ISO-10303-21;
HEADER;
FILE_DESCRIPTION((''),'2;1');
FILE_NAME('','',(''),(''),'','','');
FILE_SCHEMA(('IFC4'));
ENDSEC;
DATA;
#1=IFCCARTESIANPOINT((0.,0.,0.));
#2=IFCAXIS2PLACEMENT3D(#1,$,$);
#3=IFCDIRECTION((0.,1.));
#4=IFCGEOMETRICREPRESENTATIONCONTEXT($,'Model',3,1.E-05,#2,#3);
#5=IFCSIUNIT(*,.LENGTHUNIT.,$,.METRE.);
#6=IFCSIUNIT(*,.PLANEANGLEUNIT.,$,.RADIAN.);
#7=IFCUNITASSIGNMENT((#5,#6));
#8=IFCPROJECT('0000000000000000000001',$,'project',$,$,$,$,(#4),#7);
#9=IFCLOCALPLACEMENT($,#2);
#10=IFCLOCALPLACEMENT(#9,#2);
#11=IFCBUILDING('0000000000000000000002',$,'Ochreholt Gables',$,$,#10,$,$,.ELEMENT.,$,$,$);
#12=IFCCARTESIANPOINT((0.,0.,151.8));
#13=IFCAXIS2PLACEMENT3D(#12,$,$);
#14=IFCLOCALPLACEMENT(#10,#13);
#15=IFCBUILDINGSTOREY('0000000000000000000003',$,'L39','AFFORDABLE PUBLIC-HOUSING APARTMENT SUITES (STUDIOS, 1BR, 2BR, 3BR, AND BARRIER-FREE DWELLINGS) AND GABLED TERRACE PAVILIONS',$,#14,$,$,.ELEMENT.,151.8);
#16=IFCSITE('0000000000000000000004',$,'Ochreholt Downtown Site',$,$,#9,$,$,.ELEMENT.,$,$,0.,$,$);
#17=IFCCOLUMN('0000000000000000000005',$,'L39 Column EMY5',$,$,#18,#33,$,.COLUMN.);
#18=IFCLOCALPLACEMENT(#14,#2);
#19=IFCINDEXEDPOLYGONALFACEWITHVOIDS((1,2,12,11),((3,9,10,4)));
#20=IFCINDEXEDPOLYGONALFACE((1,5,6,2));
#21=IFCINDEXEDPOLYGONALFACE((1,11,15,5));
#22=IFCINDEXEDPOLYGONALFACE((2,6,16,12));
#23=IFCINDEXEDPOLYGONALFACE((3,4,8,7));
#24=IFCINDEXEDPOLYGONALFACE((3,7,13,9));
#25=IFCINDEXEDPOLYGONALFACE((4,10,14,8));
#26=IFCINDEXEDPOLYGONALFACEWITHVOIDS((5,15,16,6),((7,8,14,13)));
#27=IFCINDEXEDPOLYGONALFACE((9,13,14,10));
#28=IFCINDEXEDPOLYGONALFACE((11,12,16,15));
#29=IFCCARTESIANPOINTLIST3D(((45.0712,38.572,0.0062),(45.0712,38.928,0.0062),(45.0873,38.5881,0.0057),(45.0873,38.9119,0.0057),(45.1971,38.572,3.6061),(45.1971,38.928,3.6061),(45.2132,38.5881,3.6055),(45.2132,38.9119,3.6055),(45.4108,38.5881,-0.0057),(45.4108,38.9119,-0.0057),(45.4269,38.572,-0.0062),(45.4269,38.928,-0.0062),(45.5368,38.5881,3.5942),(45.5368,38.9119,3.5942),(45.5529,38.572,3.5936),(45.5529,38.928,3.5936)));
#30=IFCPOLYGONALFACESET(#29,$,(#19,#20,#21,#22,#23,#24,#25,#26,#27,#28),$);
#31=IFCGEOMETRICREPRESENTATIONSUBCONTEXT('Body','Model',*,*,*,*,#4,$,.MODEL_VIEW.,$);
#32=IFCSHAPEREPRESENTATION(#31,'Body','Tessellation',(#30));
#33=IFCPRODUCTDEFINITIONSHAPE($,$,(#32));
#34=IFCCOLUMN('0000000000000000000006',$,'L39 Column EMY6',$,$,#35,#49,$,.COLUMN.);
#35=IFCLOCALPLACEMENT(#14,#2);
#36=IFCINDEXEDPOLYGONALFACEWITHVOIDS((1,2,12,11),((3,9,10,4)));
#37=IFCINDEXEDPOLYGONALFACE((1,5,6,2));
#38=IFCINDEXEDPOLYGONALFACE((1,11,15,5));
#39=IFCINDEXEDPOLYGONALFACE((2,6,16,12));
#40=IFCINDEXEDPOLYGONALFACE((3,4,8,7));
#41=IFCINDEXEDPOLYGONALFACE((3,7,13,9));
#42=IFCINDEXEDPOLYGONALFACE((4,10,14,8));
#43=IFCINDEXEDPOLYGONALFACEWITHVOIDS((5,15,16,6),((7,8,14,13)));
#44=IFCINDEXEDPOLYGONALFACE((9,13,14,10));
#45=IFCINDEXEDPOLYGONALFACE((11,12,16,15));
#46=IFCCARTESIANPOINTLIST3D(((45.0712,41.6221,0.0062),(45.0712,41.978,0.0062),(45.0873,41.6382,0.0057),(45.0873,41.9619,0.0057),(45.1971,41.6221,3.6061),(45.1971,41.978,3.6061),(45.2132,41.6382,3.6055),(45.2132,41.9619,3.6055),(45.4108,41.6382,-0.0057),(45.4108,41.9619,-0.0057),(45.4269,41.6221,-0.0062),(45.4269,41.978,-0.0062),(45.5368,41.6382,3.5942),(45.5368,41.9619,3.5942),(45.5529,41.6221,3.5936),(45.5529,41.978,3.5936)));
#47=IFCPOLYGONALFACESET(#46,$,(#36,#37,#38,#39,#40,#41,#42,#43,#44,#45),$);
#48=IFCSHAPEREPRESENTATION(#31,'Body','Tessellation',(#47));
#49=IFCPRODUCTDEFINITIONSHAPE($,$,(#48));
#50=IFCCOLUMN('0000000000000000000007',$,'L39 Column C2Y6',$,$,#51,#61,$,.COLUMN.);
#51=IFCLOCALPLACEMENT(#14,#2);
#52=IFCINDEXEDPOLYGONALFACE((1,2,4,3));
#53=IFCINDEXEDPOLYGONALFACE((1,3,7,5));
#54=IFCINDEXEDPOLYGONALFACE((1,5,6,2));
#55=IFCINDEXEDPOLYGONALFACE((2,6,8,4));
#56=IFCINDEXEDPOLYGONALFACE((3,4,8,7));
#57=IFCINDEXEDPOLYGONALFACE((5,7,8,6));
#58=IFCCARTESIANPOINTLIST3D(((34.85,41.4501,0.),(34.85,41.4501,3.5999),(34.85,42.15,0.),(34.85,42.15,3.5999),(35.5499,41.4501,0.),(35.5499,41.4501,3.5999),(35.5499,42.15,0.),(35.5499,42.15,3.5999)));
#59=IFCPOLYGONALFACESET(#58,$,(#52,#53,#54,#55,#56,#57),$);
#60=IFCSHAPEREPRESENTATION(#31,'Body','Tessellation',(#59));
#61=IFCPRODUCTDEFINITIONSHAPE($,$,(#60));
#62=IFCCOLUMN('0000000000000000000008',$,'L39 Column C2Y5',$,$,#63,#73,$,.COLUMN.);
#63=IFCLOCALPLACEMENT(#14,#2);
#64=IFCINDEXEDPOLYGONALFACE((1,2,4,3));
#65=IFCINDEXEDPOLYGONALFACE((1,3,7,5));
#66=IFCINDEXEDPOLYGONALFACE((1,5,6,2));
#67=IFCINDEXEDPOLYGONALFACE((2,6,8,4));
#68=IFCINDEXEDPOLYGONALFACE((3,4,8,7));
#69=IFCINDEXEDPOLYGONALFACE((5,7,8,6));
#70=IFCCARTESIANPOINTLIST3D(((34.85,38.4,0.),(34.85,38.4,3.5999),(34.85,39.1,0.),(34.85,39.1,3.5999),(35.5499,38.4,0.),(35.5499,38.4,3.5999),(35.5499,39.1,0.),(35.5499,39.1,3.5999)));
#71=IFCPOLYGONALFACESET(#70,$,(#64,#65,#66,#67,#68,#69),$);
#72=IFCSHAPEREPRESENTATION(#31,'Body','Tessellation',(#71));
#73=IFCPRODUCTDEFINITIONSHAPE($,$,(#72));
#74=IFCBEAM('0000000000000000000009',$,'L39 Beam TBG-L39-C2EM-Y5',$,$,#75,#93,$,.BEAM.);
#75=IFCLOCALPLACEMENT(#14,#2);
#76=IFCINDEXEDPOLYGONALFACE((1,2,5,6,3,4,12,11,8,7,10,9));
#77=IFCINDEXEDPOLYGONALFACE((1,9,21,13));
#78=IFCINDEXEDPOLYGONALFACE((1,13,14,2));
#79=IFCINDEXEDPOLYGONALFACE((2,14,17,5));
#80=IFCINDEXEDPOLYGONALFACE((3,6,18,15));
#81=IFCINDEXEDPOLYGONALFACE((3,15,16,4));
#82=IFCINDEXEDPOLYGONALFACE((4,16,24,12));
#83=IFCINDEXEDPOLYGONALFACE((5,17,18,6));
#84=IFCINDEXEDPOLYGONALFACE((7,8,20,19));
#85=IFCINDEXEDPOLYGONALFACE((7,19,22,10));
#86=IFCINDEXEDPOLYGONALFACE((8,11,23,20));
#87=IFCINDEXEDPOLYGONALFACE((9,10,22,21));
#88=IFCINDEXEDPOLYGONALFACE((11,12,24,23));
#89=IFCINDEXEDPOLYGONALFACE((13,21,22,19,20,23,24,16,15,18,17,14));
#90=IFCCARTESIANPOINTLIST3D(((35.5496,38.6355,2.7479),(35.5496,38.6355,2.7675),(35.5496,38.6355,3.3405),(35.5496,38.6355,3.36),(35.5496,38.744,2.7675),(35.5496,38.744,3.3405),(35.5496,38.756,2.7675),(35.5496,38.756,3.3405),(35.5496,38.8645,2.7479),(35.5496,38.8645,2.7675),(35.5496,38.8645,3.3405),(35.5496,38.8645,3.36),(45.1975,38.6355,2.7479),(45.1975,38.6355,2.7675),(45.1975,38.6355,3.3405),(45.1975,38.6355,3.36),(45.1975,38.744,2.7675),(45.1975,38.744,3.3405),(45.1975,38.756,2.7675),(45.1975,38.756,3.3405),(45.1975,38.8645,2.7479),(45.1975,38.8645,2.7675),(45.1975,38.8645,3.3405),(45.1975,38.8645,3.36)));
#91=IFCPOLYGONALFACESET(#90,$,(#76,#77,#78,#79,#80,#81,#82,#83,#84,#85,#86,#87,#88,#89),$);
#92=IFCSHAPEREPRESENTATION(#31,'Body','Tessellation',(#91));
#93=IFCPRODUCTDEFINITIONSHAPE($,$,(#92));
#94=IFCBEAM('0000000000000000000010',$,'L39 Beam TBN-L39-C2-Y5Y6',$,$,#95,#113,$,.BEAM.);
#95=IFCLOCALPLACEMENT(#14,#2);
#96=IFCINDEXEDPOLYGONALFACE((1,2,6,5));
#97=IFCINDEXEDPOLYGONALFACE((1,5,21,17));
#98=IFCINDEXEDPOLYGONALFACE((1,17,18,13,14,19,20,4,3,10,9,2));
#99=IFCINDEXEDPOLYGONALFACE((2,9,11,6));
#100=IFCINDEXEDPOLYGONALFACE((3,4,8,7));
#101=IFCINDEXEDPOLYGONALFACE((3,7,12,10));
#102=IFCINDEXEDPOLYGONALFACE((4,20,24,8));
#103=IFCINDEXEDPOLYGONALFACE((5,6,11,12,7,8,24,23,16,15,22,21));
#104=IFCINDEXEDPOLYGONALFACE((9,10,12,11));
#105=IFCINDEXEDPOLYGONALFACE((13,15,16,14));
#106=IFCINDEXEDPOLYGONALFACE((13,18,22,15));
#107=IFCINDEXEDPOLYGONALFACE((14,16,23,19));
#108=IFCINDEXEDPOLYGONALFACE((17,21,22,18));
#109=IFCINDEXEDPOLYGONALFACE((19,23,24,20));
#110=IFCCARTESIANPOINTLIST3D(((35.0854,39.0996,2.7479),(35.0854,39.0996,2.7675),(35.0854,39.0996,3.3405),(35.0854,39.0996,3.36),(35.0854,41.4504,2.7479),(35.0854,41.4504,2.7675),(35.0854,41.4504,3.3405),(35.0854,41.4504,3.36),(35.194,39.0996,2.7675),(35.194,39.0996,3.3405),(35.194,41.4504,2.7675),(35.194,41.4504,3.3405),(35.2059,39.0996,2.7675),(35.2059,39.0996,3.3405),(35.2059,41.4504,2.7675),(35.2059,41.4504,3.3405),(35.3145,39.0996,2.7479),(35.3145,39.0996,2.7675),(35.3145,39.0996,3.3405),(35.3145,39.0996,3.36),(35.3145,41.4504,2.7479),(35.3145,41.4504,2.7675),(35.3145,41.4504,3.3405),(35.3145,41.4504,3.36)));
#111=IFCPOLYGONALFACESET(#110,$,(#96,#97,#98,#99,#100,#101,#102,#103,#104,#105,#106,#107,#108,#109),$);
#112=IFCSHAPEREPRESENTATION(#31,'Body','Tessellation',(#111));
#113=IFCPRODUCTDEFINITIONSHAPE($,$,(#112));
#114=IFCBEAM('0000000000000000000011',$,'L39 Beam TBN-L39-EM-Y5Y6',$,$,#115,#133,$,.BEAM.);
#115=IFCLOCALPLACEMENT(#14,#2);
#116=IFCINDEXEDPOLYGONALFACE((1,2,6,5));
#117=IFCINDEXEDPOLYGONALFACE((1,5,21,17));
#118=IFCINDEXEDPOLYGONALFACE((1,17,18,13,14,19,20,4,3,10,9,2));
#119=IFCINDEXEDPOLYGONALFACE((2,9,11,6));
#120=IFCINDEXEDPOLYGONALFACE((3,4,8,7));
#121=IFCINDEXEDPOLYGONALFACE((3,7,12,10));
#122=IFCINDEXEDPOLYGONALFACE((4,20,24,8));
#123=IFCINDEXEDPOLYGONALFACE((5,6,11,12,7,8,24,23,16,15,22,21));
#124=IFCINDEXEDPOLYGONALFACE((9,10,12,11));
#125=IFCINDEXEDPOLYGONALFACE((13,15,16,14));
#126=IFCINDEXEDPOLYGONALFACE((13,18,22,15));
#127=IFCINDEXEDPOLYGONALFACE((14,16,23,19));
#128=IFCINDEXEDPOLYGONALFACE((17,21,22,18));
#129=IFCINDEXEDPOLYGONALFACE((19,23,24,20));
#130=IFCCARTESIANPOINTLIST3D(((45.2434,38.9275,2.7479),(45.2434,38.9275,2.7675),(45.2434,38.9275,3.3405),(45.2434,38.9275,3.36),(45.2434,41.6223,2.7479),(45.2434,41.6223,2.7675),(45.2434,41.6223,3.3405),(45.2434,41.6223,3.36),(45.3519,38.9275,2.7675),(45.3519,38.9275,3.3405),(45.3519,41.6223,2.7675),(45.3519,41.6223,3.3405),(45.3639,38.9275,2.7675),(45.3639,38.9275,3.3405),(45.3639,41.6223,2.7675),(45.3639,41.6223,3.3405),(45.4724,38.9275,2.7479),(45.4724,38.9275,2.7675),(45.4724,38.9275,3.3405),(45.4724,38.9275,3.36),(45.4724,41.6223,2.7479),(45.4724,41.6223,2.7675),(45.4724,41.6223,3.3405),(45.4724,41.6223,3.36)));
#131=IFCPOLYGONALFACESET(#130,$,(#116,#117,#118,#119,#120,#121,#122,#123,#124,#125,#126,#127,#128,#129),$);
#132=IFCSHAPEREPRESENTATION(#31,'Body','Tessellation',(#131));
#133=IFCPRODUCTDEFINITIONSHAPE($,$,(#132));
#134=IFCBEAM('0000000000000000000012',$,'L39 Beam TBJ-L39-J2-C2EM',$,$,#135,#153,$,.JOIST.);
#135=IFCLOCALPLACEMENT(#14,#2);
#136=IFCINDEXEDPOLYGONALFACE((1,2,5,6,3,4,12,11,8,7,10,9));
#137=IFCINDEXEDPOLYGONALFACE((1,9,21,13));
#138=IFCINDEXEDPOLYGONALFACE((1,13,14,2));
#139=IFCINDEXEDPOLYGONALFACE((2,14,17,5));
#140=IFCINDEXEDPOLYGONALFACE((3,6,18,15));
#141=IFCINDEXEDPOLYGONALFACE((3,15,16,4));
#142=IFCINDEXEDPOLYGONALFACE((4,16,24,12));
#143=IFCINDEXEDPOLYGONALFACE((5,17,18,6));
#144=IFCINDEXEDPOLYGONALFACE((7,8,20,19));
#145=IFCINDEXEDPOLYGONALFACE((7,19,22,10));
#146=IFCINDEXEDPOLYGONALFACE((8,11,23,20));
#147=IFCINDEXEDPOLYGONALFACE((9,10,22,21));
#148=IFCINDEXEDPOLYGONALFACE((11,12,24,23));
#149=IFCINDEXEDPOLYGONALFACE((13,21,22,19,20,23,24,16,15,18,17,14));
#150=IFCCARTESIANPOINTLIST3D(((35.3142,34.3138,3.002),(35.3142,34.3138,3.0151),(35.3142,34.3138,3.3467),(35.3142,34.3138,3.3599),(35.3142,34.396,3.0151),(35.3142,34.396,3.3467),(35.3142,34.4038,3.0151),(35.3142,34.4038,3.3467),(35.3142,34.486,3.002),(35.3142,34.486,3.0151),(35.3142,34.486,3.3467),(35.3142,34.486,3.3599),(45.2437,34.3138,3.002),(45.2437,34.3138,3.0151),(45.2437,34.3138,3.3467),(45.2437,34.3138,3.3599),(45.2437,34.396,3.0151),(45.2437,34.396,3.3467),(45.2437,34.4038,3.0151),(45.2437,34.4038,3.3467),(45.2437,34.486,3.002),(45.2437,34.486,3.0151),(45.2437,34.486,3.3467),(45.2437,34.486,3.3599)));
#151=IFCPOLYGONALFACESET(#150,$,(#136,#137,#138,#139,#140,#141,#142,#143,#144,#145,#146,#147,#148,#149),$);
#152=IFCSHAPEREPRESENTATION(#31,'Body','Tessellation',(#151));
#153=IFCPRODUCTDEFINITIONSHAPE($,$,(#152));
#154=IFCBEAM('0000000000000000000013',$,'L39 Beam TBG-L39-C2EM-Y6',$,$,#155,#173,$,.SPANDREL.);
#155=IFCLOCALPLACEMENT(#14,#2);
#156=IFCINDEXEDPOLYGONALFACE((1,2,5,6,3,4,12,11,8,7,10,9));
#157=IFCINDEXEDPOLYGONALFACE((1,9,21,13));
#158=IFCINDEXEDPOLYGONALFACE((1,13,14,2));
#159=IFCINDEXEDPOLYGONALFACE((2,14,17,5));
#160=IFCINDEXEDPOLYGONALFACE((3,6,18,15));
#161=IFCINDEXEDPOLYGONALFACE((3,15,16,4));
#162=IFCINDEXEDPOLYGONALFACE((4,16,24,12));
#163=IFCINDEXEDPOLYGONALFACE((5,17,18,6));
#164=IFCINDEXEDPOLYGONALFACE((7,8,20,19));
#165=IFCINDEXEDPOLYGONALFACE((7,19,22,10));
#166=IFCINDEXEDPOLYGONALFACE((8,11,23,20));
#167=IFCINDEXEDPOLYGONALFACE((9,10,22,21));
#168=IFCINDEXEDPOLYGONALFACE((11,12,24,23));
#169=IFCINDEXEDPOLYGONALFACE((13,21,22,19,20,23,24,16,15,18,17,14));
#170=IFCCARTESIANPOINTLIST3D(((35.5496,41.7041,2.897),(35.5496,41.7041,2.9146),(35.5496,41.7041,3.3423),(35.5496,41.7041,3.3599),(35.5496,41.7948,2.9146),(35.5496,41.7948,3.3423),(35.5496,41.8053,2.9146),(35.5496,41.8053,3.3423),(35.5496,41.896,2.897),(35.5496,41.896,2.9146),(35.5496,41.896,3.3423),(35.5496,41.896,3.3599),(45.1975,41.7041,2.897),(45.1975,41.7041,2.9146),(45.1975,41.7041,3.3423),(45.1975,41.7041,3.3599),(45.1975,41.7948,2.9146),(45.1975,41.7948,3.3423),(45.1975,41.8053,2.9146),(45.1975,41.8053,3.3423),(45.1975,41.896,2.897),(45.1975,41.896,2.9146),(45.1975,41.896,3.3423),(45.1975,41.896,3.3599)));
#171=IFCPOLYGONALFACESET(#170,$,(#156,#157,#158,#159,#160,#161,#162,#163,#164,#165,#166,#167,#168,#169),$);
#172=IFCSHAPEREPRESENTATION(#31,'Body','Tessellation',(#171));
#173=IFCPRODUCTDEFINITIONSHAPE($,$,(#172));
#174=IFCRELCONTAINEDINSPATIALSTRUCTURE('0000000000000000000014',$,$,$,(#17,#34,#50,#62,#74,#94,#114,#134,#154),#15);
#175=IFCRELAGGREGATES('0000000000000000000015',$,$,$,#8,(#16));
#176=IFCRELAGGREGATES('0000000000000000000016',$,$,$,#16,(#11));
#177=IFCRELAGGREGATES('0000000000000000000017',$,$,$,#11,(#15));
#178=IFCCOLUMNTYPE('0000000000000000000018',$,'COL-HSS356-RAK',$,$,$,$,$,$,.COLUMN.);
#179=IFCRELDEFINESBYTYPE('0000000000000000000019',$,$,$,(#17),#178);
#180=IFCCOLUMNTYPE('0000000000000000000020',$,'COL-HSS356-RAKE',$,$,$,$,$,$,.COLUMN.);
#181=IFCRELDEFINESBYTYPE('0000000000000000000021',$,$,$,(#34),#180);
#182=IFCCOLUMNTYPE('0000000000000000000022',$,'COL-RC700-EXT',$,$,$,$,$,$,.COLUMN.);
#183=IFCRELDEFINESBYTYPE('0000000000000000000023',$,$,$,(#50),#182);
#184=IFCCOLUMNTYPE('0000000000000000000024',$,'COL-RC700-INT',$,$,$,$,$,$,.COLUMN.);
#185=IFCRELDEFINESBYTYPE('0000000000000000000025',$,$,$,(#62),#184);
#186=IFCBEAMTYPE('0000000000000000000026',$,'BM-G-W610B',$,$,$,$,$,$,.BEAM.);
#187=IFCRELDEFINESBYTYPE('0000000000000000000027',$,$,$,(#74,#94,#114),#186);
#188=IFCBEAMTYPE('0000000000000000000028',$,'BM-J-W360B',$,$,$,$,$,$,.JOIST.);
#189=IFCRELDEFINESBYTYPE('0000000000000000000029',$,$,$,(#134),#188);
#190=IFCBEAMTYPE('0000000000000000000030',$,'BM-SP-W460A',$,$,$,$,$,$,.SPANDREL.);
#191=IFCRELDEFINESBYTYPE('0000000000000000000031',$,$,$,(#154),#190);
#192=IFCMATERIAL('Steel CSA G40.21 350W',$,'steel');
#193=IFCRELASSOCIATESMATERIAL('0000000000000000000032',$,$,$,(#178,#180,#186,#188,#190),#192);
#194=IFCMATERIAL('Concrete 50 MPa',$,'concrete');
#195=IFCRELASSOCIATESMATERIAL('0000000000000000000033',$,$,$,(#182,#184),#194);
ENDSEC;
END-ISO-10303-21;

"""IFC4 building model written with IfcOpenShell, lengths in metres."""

from ifc_helpers import new_model, si_unit, direction, frame, origin, origin_2d, place, context, subcontext, project, spatial, rectangle, hollow_rectangle, i_section, extrude, material, material_profile, profile_set, type_object, element, save


model = new_model("IFC4")

# Units and contexts
model_context = context("Model", 3, precision=1e-05, world=origin(), true_north=direction((0.0, 1.0)))
body_context = subcontext(model_context, "Body", "Model", "MODEL_VIEW")
ifc_project = project(units=[si_unit("LENGTHUNIT", "METRE"), si_unit("PLANEANGLEUNIT", "RADIAN")], contexts=[model_context])

# Site, building, storey
site_placement = place(None, origin())
site = spatial("IfcSite", under=ifc_project, at=site_placement, Name="Ochreholt Downtown Site", CompositionType="ELEMENT", RefElevation=0.0)
building_placement = place(site_placement, origin())
building = spatial("IfcBuilding", under=site, at=building_placement, Name="Ochreholt Gables", CompositionType="ELEMENT")
storey_placement = place(building_placement, frame((0.0, 0.0, 151.8)))
storey = spatial("IfcBuildingStorey", under=building, at=storey_placement, Name="L39", Description="AFFORDABLE PUBLIC-HOUSING APARTMENT SUITES (STUDIOS, 1BR, 2BR, 3BR, AND BARRIER-FREE DWELLINGS) AND GABLED TERRACE PAVILIONS", CompositionType="ELEMENT", Elevation=151.8)

# Columns
ifc_material_1 = material(Name="Steel CSA G40.21 350W", Category="steel")
ifc_material_profile_1 = material_profile(ifc_material_1, hollow_rectangle(XDim=0.356, YDim=0.356, WallThickness=0.0161, at=origin_2d()), Name="HSS356X356X16")
ifc_profile_set_1 = profile_set([ifc_material_profile_1], Name="Steel CSA G40.21 350W")
column_type_1 = type_object("IfcColumnType", Name="COL-HSS356-RAK", PredefinedType="COLUMN", material=ifc_profile_set_1)
column_1_placement = place(storey_placement, frame((45.249, 38.75, 0.0), z_axis=(0.034974, 0.0, 0.999388), x_axis=(0.0, 1.0, 0.0)))
element("IfcColumn", 1, at=column_1_placement, inside=storey, type_object=column_type_1, Name="L39 Column EMY5", PredefinedType="COLUMN", context=body_context, shape_type="SweptSolid", body=[
    extrude(hollow_rectangle(XDim=0.356, YDim=0.356, WallThickness=0.0161, at=origin_2d()), origin(), (0.0, 0.0, 1.0), 3.6021),
])
ifc_material_profile_2 = material_profile(ifc_material_1, hollow_rectangle(XDim=0.356, YDim=0.356, WallThickness=0.0161, at=origin_2d()), Name="HSS356X356X16")
ifc_profile_set_2 = profile_set([ifc_material_profile_2], Name="Steel CSA G40.21 350W")
column_type_2 = type_object("IfcColumnType", Name="COL-HSS356-RAKE", PredefinedType="COLUMN", material=ifc_profile_set_2)
column_2_placement = place(storey_placement, frame((45.249, 41.8, 0.0), z_axis=(0.034974, 0.0, 0.999388), x_axis=(0.0, 1.0, 0.0)))
element("IfcColumn", 2, at=column_2_placement, inside=storey, type_object=column_type_2, Name="L39 Column EMY6", PredefinedType="COLUMN", context=body_context, shape_type="SweptSolid", body=[
    extrude(hollow_rectangle(XDim=0.356, YDim=0.356, WallThickness=0.0161, at=origin_2d()), origin(), (0.0, 0.0, 1.0), 3.6021),
])
ifc_material_2 = material(Name="Concrete 50 MPa", Category="concrete")
ifc_material_profile_3 = material_profile(ifc_material_2, rectangle(XDim=0.7, YDim=0.7, at=origin_2d()), Name="RC700X700")
ifc_profile_set_3 = profile_set([ifc_material_profile_3], Name="Concrete 50 MPa")
column_type_3 = type_object("IfcColumnType", Name="COL-RC700-EXT", PredefinedType="COLUMN", material=ifc_profile_set_3)
column_3_placement = place(storey_placement, frame((35.2, 41.8, 0.0), z_axis=(0.0, 0.0, 1.0), x_axis=(1.0, 0.0, 0.0)))
element("IfcColumn", 3, at=column_3_placement, inside=storey, type_object=column_type_3, Name="L39 Column C2Y6", PredefinedType="COLUMN", context=body_context, shape_type="SweptSolid", body=[
    extrude(rectangle(XDim=0.7, YDim=0.7, at=origin_2d()), origin(), (0.0, 0.0, 1.0), 3.5999),
])
ifc_material_profile_4 = material_profile(ifc_material_2, rectangle(XDim=0.7, YDim=0.7, at=origin_2d()), Name="RC700X700")
ifc_profile_set_4 = profile_set([ifc_material_profile_4], Name="Concrete 50 MPa")
column_type_4 = type_object("IfcColumnType", Name="COL-RC700-INT", PredefinedType="COLUMN", material=ifc_profile_set_4)
column_4_placement = place(storey_placement, frame((35.2, 38.75, 0.0), z_axis=(0.0, 0.0, 1.0), x_axis=(1.0, 0.0, 0.0)))
element("IfcColumn", 4, at=column_4_placement, inside=storey, type_object=column_type_4, Name="L39 Column C2Y5", PredefinedType="COLUMN", context=body_context, shape_type="SweptSolid", body=[
    extrude(rectangle(XDim=0.7, YDim=0.7, at=origin_2d()), origin(), (0.0, 0.0, 1.0), 3.5999),
])

# Beams
ifc_material_profile_5 = material_profile(ifc_material_1, i_section(OverallWidth=0.229, OverallDepth=0.6121, WebThickness=0.012, FlangeThickness=0.0195, at=origin_2d()), Name="W610X125")
ifc_profile_set_5 = profile_set([ifc_material_profile_5], Name="Steel CSA G40.21 350W")
beam_type_1 = type_object("IfcBeamType", Name="BM-G-W610B", PredefinedType="BEAM", material=ifc_profile_set_5)
beam_1_placement = place(storey_placement, frame((35.5496, 38.75, 3.054), z_axis=(1.0, 0.0, 0.0), x_axis=(0.0, 1.0, 0.0)))
element("IfcBeam", 5, at=beam_1_placement, inside=storey, type_object=beam_type_1, Name="L39 Beam TBG-L39-C2EM-Y5", PredefinedType="BEAM", context=body_context, shape_type="SweptSolid", body=[
    extrude(i_section(OverallWidth=0.229, OverallDepth=0.6121, WebThickness=0.012, FlangeThickness=0.0195, at=origin_2d()), origin(), (0.0, 0.0, 1.0), 9.6479),
])
beam_2_placement = place(storey_placement, frame((35.2, 39.0996, 3.054), z_axis=(0.0, 1.0, 0.0), x_axis=(-1.0, 0.0, 0.0)))
element("IfcBeam", 6, at=beam_2_placement, inside=storey, type_object=beam_type_1, Name="L39 Beam TBN-L39-C2-Y5Y6", PredefinedType="BEAM", context=body_context, shape_type="SweptSolid", body=[
    extrude(i_section(OverallWidth=0.229, OverallDepth=0.6121, WebThickness=0.012, FlangeThickness=0.0195, at=origin_2d()), origin(), (0.0, 0.0, 1.0), 2.3508),
])
beam_3_placement = place(storey_placement, frame((45.3579, 38.9275, 3.054), z_axis=(0.0, 1.0, 0.0), x_axis=(-1.0, 0.0, 0.0)))
element("IfcBeam", 7, at=beam_3_placement, inside=storey, type_object=beam_type_1, Name="L39 Beam TBN-L39-EM-Y5Y6", PredefinedType="BEAM", context=body_context, shape_type="SweptSolid", body=[
    extrude(i_section(OverallWidth=0.229, OverallDepth=0.6121, WebThickness=0.012, FlangeThickness=0.0195, at=origin_2d()), origin(), (0.0, 0.0, 1.0), 2.6948),
])
ifc_material_profile_6 = material_profile(ifc_material_1, i_section(OverallWidth=0.1721, OverallDepth=0.3579, WebThickness=0.0078, FlangeThickness=0.0132, at=origin_2d()), Name="W360X57")
ifc_profile_set_6 = profile_set([ifc_material_profile_6], Name="Steel CSA G40.21 350W")
beam_type_2 = type_object("IfcBeamType", Name="BM-J-W360B", PredefinedType="JOIST", material=ifc_profile_set_6)
beam_4_placement = place(storey_placement, frame((35.3142, 34.3999, 3.1809), z_axis=(1.0, 0.0, 0.0), x_axis=(0.0, 1.0, 0.0)))
element("IfcBeam", 8, at=beam_4_placement, inside=storey, type_object=beam_type_2, Name="L39 Beam TBJ-L39-J2-C2EM", PredefinedType="JOIST", context=body_context, shape_type="SweptSolid", body=[
    extrude(i_section(OverallWidth=0.1721, OverallDepth=0.3579, WebThickness=0.0078, FlangeThickness=0.0132, at=origin_2d()), origin(), (0.0, 0.0, 1.0), 9.9294),
])
ifc_material_profile_7 = material_profile(ifc_material_1, i_section(OverallWidth=0.1919, OverallDepth=0.4629, WebThickness=0.0105, FlangeThickness=0.0176, at=origin_2d()), Name="W460X89")
ifc_profile_set_7 = profile_set([ifc_material_profile_7], Name="Steel CSA G40.21 350W")
beam_type_3 = type_object("IfcBeamType", Name="BM-SP-W460A", PredefinedType="SPANDREL", material=ifc_profile_set_7)
beam_5_placement = place(storey_placement, frame((35.5496, 41.8, 3.1284), z_axis=(1.0, 0.0, 0.0), x_axis=(0.0, 1.0, 0.0)))
element("IfcBeam", 9, at=beam_5_placement, inside=storey, type_object=beam_type_3, Name="L39 Beam TBG-L39-C2EM-Y6", PredefinedType="SPANDREL", context=body_context, shape_type="SweptSolid", body=[
    extrude(i_section(OverallWidth=0.1919, OverallDepth=0.4629, WebThickness=0.0105, FlangeThickness=0.0176, at=origin_2d()), origin(), (0.0, 0.0, 1.0), 9.6479),
])

save(model, "model.ifc")
